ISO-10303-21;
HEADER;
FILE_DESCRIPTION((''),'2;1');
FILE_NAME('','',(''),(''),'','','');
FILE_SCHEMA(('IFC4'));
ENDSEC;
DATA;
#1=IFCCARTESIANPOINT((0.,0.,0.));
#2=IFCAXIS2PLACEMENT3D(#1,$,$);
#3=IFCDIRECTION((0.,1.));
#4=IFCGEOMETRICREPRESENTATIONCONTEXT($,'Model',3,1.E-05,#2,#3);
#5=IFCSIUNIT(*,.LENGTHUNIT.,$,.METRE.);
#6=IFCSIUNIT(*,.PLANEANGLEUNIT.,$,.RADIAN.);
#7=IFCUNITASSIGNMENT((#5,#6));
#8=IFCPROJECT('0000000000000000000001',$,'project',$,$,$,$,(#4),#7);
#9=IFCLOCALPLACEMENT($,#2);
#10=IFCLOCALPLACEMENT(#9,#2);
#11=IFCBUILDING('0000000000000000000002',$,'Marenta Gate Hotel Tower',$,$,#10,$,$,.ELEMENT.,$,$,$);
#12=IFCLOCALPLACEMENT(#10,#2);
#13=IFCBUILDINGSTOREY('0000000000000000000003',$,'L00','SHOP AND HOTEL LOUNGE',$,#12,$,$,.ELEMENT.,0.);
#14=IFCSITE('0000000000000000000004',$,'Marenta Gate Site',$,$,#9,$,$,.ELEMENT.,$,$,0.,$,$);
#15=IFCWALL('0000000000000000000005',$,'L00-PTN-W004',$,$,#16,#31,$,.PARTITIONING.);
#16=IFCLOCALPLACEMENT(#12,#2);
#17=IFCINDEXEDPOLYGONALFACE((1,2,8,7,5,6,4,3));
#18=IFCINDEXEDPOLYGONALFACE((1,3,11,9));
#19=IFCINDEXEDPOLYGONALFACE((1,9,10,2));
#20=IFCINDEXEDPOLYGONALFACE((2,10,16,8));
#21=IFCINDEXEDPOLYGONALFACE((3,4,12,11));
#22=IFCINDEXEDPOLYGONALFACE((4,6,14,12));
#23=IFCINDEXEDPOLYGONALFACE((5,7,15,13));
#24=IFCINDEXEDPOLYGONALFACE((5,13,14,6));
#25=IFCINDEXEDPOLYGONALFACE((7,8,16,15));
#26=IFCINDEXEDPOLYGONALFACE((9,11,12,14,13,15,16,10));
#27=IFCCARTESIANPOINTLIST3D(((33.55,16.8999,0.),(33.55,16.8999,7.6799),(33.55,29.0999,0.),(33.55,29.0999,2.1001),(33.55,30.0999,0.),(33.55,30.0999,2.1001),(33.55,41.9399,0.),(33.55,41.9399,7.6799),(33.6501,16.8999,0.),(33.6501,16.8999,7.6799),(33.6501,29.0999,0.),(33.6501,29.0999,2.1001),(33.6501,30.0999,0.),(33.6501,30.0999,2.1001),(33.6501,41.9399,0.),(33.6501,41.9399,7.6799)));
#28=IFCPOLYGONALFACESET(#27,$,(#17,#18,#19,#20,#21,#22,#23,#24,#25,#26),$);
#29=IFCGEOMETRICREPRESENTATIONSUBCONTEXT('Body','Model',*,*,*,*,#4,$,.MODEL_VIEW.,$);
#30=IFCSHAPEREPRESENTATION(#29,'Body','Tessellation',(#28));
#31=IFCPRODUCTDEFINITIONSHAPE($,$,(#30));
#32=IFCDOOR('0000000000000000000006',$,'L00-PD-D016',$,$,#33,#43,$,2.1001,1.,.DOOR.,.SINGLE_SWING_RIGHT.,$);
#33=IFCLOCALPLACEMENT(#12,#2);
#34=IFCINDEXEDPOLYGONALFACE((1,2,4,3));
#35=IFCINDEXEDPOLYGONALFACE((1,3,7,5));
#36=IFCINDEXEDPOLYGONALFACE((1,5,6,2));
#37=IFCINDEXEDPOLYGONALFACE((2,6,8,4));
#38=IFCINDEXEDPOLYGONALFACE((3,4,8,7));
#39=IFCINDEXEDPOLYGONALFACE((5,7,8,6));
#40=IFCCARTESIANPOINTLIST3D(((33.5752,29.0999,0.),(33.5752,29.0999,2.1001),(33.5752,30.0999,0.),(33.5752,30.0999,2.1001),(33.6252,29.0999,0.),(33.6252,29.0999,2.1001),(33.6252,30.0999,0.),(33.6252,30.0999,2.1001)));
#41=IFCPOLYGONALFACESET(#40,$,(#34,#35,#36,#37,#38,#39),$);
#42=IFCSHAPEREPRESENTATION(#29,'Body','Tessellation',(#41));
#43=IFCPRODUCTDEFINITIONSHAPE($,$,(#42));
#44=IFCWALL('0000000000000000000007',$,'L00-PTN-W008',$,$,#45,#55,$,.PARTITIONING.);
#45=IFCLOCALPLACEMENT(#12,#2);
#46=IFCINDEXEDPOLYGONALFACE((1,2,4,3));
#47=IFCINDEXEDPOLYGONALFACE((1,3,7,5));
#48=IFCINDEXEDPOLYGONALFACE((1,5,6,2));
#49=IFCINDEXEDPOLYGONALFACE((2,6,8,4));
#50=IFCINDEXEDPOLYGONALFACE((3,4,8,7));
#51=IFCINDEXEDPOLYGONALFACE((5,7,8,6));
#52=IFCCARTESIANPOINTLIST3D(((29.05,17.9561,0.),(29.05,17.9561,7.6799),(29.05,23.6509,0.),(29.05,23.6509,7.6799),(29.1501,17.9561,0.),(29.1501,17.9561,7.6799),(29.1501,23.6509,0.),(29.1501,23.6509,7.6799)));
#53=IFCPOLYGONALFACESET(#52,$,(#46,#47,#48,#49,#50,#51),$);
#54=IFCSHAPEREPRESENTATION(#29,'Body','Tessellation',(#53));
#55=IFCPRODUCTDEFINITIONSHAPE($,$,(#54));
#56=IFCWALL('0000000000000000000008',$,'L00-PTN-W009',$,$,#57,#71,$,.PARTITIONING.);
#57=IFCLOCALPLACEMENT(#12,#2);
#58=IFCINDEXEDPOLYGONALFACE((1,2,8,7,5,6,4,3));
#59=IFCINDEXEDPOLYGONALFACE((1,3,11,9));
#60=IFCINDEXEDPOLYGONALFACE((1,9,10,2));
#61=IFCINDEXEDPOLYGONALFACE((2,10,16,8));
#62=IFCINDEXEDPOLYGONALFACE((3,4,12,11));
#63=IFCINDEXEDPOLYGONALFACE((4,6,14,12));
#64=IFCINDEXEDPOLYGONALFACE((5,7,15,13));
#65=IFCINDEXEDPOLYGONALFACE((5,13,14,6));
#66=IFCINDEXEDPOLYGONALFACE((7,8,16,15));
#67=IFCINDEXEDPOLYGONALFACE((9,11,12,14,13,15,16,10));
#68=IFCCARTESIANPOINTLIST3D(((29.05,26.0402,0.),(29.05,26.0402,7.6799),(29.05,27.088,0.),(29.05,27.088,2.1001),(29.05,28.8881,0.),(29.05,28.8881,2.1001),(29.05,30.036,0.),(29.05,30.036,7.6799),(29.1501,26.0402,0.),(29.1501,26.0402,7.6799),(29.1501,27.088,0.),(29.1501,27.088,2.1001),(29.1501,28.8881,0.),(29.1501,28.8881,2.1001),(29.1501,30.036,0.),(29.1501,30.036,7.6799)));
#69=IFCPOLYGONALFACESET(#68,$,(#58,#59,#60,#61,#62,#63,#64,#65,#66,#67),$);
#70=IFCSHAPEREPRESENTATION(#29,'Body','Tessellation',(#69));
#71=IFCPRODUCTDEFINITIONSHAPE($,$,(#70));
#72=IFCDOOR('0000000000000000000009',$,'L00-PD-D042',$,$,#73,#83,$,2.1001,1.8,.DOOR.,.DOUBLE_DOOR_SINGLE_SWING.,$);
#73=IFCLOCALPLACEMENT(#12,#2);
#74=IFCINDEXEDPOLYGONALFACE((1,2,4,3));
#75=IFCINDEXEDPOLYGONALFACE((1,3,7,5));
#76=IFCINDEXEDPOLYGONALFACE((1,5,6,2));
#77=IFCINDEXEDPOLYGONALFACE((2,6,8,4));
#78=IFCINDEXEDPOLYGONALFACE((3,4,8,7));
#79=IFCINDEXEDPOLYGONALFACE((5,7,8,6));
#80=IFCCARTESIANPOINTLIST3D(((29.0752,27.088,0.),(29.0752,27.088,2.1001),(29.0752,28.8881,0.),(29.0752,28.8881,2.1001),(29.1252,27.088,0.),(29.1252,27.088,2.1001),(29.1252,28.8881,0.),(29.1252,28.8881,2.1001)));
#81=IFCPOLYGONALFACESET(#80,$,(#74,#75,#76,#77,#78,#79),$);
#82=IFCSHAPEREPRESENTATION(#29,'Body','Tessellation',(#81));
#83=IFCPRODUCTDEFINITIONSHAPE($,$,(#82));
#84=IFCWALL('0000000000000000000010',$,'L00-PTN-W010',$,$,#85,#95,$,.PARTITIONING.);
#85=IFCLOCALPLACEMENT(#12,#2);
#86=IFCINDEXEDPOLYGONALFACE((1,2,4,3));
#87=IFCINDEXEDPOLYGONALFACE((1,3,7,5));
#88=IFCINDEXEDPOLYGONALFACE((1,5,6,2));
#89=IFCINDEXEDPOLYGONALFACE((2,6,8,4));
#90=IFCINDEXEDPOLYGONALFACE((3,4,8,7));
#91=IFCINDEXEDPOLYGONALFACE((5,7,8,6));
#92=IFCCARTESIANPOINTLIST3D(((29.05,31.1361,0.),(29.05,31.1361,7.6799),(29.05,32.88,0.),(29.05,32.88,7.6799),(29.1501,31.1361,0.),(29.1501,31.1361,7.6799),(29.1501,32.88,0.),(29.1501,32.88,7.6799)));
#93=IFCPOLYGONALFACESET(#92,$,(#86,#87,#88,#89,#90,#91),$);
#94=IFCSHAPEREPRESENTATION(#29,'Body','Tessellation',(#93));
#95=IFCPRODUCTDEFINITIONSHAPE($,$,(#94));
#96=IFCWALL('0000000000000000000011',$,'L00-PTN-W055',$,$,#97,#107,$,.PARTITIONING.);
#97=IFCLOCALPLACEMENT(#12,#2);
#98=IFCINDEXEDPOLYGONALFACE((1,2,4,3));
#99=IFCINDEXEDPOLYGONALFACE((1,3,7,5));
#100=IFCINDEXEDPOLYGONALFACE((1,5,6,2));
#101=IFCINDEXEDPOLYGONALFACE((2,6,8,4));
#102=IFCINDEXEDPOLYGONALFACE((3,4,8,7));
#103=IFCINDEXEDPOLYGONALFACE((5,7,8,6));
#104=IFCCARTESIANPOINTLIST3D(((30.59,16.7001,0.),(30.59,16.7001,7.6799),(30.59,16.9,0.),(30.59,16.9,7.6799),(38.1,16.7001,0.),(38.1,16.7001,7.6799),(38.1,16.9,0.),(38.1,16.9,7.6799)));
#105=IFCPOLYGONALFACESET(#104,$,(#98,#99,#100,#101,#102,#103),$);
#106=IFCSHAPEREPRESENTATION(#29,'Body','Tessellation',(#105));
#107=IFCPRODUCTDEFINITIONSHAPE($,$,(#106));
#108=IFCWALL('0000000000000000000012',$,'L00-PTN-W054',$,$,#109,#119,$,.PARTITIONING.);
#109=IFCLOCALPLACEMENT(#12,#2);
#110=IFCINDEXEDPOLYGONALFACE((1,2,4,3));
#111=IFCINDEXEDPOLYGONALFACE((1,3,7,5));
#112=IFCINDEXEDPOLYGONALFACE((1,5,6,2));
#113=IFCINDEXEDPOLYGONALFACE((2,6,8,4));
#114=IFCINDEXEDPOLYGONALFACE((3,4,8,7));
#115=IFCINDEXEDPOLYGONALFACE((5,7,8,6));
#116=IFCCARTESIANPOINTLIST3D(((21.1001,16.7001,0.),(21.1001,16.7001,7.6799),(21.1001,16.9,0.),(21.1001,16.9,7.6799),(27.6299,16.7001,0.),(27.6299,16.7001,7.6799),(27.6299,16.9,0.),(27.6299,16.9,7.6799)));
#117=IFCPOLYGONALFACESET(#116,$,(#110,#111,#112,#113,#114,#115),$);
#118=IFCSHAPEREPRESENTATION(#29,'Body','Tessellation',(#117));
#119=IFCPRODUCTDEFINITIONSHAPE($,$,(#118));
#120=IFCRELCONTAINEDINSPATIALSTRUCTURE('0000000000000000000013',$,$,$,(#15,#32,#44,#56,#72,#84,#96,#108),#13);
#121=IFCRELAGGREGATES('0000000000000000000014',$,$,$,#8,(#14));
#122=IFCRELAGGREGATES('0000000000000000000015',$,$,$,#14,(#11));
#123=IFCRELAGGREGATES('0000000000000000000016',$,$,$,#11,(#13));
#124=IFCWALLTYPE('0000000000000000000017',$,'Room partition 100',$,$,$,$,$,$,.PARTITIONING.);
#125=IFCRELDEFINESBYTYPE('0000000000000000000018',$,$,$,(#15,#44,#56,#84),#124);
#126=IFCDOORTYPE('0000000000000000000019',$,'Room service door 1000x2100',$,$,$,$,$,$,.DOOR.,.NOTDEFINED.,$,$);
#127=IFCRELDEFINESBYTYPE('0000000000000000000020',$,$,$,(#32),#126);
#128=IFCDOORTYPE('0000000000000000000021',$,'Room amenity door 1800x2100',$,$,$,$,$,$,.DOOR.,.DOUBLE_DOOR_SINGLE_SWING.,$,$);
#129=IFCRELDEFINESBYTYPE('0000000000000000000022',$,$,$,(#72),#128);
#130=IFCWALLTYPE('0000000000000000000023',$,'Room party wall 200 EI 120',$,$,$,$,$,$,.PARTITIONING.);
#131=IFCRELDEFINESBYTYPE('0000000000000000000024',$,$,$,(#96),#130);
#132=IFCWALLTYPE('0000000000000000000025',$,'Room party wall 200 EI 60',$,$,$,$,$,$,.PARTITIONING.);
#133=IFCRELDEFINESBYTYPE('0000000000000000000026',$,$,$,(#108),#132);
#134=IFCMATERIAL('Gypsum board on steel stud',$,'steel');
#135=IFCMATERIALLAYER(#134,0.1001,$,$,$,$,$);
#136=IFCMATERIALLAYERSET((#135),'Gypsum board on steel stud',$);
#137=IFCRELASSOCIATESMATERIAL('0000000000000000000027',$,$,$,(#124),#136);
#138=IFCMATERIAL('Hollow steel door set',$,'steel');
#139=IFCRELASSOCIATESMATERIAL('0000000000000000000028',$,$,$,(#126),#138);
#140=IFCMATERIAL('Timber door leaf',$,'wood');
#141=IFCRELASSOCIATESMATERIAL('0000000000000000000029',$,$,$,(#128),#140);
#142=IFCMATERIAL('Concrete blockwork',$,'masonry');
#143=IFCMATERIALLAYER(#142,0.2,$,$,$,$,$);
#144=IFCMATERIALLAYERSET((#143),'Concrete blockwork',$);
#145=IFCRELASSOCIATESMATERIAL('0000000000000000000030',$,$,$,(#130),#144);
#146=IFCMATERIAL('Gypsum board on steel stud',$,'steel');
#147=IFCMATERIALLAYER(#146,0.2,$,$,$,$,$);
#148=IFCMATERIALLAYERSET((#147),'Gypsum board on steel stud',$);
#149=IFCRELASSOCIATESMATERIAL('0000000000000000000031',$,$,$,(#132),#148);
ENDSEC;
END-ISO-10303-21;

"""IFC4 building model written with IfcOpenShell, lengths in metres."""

from ifc_helpers import new_model, si_unit, direction, frame, frame_2d, origin, place, context, subcontext, project, spatial, rectangle, extrude, material, layer, layer_set, type_object, element, fill, save


model = new_model("IFC4")

# Units and contexts
model_context = context("Model", 3, precision=1e-05, world=origin(), true_north=direction((0.0, 1.0)))
body_context = subcontext(model_context, "Body", "Model", "MODEL_VIEW")
ifc_project = project(units=[si_unit("LENGTHUNIT", "METRE"), si_unit("PLANEANGLEUNIT", "RADIAN")], contexts=[model_context])

# Site, building, storey
site_placement = place(None, origin())
site = spatial("IfcSite", under=ifc_project, at=site_placement, Name="Marenta Gate Site", CompositionType="ELEMENT", RefElevation=0.0)
building_placement = place(site_placement, origin())
building = spatial("IfcBuilding", under=site, at=building_placement, Name="Marenta Gate Hotel Tower", CompositionType="ELEMENT")
storey_placement = place(building_placement, origin())
storey = spatial("IfcBuildingStorey", under=building, at=storey_placement, Name="L00", Description="SHOP AND HOTEL LOUNGE", CompositionType="ELEMENT", Elevation=0.0)

# Wall, opening, door
ifc_material_1 = material(Name="Gypsum board on steel stud", Category="steel")
ifc_layer_1 = layer(ifc_material_1, 0.1001)
ifc_layer_set_1 = layer_set([ifc_layer_1], Name="Gypsum board on steel stud")
wall_type_1 = type_object("IfcWallType", Name="Room partition 100", PredefinedType="PARTITIONING", material=ifc_layer_set_1)
wall_1_placement = place(storey_placement, frame((33.6001, 16.8999, 0.0), z_axis=(0.0, 0.0, 1.0), x_axis=(0.0, 1.0, 0.0)))
wall_1 = element("IfcWall", 1, at=wall_1_placement, inside=storey, type_object=wall_type_1, Name="L00-PTN-W004", PredefinedType="PARTITIONING", context=body_context, shape_type="SweptSolid", body=[
    extrude(rectangle(XDim=25.04, YDim=0.1001, at=frame_2d((12.52, 0.0))), origin(), (0.0, 0.0, 1.0), 7.6799),
])
opening_1_placement = place(wall_1_placement, frame((12.2, 0.0, 0.0)))
opening_1 = element("IfcOpeningElement", 2, at=opening_1_placement, cuts=wall_1, PredefinedType="OPENING", context=body_context, shape_type="SweptSolid", body=[
    extrude(rectangle(XDim=1.0, YDim=2.1001, at=frame_2d((0.5, 1.05))), frame((0.0, 0.05, 0.0), z_axis=(0.0, -1.0, 0.0), x_axis=(1.0, 0.0, 0.0)), (0.0, 0.0, 1.0), 0.1001),
])
ifc_material_2 = material(Name="Hollow steel door set", Category="steel")
door_type_1 = type_object("IfcDoorType", Name="Room service door 1000x2100", OperationType="NOTDEFINED", PredefinedType="DOOR", material=ifc_material_2)
door_1_placement = place(opening_1_placement, origin())
door_1 = element("IfcDoor", 3, at=door_1_placement, inside=storey, type_object=door_type_1, Name="L00-PD-D016", OperationType="SINGLE_SWING_RIGHT", OverallHeight=2.1001, OverallWidth=1.0, PredefinedType="DOOR", context=body_context, shape_type="SweptSolid", body=[
    extrude(rectangle(XDim=1.0, YDim=2.1001, at=frame_2d((0.5, 1.05))), frame((0.0, 0.0249, 0.0), z_axis=(0.0, -1.0, 0.0), x_axis=(1.0, 0.0, 0.0)), (0.0, 0.0, 1.0), 0.05),
])
fill(opening_1, door_1)

# Wall
wall_2_placement = place(storey_placement, frame((29.1001, 17.9561, 0.0), z_axis=(0.0, 0.0, 1.0), x_axis=(0.0, 1.0, 0.0)))
element("IfcWall", 4, at=wall_2_placement, inside=storey, type_object=wall_type_1, Name="L00-PTN-W008", PredefinedType="PARTITIONING", context=body_context, shape_type="SweptSolid", body=[
    extrude(rectangle(XDim=5.6948, YDim=0.1001, at=frame_2d((2.8474, 0.0))), origin(), (0.0, 0.0, 1.0), 7.6799),
])

# Wall, opening, door
wall_3_placement = place(storey_placement, frame((29.1001, 26.04, 0.0), z_axis=(0.0, 0.0, 1.0), x_axis=(0.0, 1.0, 0.0)))
wall_3 = element("IfcWall", 5, at=wall_3_placement, inside=storey, type_object=wall_type_1, Name="L00-PTN-W009", PredefinedType="PARTITIONING", context=body_context, shape_type="SweptSolid", body=[
    extrude(rectangle(XDim=3.9958, YDim=0.1001, at=frame_2d((1.998, 0.0))), origin(), (0.0, 0.0, 1.0), 7.6799),
])
opening_2_placement = place(wall_3_placement, frame((1.0481, 0.0, 0.0)))
opening_2 = element("IfcOpeningElement", 6, at=opening_2_placement, cuts=wall_3, PredefinedType="OPENING", context=body_context, shape_type="SweptSolid", body=[
    extrude(rectangle(XDim=1.8, YDim=2.1001, at=frame_2d((0.8999, 1.05))), frame((0.0, 0.05, 0.0), z_axis=(0.0, -1.0, 0.0), x_axis=(1.0, 0.0, 0.0)), (0.0, 0.0, 1.0), 0.1001),
])
ifc_material_3 = material(Name="Timber door leaf", Category="wood")
door_type_2 = type_object("IfcDoorType", Name="Room amenity door 1800x2100", OperationType="DOUBLE_DOOR_SINGLE_SWING", PredefinedType="DOOR", material=ifc_material_3)
door_2_placement = place(opening_2_placement, origin())
door_2 = element("IfcDoor", 7, at=door_2_placement, inside=storey, type_object=door_type_2, Name="L00-PD-D042", OperationType="DOUBLE_DOOR_SINGLE_SWING", OverallHeight=2.1001, OverallWidth=1.8, PredefinedType="DOOR", context=body_context, shape_type="SweptSolid", body=[
    extrude(rectangle(XDim=1.8, YDim=2.1001, at=frame_2d((0.8999, 1.05))), frame((0.0, 0.0249, 0.0), z_axis=(0.0, -1.0, 0.0), x_axis=(1.0, 0.0, 0.0)), (0.0, 0.0, 1.0), 0.05),
])
fill(opening_2, door_2)

# Walls
wall_4_placement = place(storey_placement, frame((29.1001, 31.136, 0.0), z_axis=(0.0, 0.0, 1.0), x_axis=(0.0, 1.0, 0.0)))
element("IfcWall", 8, at=wall_4_placement, inside=storey, type_object=wall_type_1, Name="L00-PTN-W010", PredefinedType="PARTITIONING", context=body_context, shape_type="SweptSolid", body=[
    extrude(rectangle(XDim=1.7439, YDim=0.1001, at=frame_2d((0.8721, 0.0))), origin(), (0.0, 0.0, 1.0), 7.6799),
])
ifc_material_4 = material(Name="Concrete blockwork", Category="masonry")
ifc_layer_2 = layer(ifc_material_4, 0.2)
ifc_layer_set_2 = layer_set([ifc_layer_2], Name="Concrete blockwork")
wall_type_2 = type_object("IfcWallType", Name="Room party wall 200 EI 120", PredefinedType="PARTITIONING", material=ifc_layer_set_2)
wall_5_placement = place(storey_placement, frame((30.5901, 16.8, 0.0), z_axis=(0.0, 0.0, 1.0), x_axis=(1.0, 0.0, 0.0)))
element("IfcWall", 9, at=wall_5_placement, inside=storey, type_object=wall_type_2, Name="L00-PTN-W055", PredefinedType="PARTITIONING", context=body_context, shape_type="SweptSolid", body=[
    extrude(rectangle(XDim=7.51, YDim=0.2, at=frame_2d((3.7549, 0.0))), origin(), (0.0, 0.0, 1.0), 7.6799),
])
ifc_material_5 = material(Name="Gypsum board on steel stud", Category="steel")
ifc_layer_3 = layer(ifc_material_5, 0.2)
ifc_layer_set_3 = layer_set([ifc_layer_3], Name="Gypsum board on steel stud")
wall_type_3 = type_object("IfcWallType", Name="Room party wall 200 EI 60", PredefinedType="PARTITIONING", material=ifc_layer_set_3)
wall_6_placement = place(storey_placement, frame((21.1001, 16.8, 0.0), z_axis=(0.0, 0.0, 1.0), x_axis=(1.0, 0.0, 0.0)))
element("IfcWall", 10, at=wall_6_placement, inside=storey, type_object=wall_type_3, Name="L00-PTN-W054", PredefinedType="PARTITIONING", context=body_context, shape_type="SweptSolid", body=[
    extrude(rectangle(XDim=6.5298, YDim=0.2, at=frame_2d((3.2649, 0.0))), origin(), (0.0, 0.0, 1.0), 7.6799),
])

save(model, "model.ifc")
